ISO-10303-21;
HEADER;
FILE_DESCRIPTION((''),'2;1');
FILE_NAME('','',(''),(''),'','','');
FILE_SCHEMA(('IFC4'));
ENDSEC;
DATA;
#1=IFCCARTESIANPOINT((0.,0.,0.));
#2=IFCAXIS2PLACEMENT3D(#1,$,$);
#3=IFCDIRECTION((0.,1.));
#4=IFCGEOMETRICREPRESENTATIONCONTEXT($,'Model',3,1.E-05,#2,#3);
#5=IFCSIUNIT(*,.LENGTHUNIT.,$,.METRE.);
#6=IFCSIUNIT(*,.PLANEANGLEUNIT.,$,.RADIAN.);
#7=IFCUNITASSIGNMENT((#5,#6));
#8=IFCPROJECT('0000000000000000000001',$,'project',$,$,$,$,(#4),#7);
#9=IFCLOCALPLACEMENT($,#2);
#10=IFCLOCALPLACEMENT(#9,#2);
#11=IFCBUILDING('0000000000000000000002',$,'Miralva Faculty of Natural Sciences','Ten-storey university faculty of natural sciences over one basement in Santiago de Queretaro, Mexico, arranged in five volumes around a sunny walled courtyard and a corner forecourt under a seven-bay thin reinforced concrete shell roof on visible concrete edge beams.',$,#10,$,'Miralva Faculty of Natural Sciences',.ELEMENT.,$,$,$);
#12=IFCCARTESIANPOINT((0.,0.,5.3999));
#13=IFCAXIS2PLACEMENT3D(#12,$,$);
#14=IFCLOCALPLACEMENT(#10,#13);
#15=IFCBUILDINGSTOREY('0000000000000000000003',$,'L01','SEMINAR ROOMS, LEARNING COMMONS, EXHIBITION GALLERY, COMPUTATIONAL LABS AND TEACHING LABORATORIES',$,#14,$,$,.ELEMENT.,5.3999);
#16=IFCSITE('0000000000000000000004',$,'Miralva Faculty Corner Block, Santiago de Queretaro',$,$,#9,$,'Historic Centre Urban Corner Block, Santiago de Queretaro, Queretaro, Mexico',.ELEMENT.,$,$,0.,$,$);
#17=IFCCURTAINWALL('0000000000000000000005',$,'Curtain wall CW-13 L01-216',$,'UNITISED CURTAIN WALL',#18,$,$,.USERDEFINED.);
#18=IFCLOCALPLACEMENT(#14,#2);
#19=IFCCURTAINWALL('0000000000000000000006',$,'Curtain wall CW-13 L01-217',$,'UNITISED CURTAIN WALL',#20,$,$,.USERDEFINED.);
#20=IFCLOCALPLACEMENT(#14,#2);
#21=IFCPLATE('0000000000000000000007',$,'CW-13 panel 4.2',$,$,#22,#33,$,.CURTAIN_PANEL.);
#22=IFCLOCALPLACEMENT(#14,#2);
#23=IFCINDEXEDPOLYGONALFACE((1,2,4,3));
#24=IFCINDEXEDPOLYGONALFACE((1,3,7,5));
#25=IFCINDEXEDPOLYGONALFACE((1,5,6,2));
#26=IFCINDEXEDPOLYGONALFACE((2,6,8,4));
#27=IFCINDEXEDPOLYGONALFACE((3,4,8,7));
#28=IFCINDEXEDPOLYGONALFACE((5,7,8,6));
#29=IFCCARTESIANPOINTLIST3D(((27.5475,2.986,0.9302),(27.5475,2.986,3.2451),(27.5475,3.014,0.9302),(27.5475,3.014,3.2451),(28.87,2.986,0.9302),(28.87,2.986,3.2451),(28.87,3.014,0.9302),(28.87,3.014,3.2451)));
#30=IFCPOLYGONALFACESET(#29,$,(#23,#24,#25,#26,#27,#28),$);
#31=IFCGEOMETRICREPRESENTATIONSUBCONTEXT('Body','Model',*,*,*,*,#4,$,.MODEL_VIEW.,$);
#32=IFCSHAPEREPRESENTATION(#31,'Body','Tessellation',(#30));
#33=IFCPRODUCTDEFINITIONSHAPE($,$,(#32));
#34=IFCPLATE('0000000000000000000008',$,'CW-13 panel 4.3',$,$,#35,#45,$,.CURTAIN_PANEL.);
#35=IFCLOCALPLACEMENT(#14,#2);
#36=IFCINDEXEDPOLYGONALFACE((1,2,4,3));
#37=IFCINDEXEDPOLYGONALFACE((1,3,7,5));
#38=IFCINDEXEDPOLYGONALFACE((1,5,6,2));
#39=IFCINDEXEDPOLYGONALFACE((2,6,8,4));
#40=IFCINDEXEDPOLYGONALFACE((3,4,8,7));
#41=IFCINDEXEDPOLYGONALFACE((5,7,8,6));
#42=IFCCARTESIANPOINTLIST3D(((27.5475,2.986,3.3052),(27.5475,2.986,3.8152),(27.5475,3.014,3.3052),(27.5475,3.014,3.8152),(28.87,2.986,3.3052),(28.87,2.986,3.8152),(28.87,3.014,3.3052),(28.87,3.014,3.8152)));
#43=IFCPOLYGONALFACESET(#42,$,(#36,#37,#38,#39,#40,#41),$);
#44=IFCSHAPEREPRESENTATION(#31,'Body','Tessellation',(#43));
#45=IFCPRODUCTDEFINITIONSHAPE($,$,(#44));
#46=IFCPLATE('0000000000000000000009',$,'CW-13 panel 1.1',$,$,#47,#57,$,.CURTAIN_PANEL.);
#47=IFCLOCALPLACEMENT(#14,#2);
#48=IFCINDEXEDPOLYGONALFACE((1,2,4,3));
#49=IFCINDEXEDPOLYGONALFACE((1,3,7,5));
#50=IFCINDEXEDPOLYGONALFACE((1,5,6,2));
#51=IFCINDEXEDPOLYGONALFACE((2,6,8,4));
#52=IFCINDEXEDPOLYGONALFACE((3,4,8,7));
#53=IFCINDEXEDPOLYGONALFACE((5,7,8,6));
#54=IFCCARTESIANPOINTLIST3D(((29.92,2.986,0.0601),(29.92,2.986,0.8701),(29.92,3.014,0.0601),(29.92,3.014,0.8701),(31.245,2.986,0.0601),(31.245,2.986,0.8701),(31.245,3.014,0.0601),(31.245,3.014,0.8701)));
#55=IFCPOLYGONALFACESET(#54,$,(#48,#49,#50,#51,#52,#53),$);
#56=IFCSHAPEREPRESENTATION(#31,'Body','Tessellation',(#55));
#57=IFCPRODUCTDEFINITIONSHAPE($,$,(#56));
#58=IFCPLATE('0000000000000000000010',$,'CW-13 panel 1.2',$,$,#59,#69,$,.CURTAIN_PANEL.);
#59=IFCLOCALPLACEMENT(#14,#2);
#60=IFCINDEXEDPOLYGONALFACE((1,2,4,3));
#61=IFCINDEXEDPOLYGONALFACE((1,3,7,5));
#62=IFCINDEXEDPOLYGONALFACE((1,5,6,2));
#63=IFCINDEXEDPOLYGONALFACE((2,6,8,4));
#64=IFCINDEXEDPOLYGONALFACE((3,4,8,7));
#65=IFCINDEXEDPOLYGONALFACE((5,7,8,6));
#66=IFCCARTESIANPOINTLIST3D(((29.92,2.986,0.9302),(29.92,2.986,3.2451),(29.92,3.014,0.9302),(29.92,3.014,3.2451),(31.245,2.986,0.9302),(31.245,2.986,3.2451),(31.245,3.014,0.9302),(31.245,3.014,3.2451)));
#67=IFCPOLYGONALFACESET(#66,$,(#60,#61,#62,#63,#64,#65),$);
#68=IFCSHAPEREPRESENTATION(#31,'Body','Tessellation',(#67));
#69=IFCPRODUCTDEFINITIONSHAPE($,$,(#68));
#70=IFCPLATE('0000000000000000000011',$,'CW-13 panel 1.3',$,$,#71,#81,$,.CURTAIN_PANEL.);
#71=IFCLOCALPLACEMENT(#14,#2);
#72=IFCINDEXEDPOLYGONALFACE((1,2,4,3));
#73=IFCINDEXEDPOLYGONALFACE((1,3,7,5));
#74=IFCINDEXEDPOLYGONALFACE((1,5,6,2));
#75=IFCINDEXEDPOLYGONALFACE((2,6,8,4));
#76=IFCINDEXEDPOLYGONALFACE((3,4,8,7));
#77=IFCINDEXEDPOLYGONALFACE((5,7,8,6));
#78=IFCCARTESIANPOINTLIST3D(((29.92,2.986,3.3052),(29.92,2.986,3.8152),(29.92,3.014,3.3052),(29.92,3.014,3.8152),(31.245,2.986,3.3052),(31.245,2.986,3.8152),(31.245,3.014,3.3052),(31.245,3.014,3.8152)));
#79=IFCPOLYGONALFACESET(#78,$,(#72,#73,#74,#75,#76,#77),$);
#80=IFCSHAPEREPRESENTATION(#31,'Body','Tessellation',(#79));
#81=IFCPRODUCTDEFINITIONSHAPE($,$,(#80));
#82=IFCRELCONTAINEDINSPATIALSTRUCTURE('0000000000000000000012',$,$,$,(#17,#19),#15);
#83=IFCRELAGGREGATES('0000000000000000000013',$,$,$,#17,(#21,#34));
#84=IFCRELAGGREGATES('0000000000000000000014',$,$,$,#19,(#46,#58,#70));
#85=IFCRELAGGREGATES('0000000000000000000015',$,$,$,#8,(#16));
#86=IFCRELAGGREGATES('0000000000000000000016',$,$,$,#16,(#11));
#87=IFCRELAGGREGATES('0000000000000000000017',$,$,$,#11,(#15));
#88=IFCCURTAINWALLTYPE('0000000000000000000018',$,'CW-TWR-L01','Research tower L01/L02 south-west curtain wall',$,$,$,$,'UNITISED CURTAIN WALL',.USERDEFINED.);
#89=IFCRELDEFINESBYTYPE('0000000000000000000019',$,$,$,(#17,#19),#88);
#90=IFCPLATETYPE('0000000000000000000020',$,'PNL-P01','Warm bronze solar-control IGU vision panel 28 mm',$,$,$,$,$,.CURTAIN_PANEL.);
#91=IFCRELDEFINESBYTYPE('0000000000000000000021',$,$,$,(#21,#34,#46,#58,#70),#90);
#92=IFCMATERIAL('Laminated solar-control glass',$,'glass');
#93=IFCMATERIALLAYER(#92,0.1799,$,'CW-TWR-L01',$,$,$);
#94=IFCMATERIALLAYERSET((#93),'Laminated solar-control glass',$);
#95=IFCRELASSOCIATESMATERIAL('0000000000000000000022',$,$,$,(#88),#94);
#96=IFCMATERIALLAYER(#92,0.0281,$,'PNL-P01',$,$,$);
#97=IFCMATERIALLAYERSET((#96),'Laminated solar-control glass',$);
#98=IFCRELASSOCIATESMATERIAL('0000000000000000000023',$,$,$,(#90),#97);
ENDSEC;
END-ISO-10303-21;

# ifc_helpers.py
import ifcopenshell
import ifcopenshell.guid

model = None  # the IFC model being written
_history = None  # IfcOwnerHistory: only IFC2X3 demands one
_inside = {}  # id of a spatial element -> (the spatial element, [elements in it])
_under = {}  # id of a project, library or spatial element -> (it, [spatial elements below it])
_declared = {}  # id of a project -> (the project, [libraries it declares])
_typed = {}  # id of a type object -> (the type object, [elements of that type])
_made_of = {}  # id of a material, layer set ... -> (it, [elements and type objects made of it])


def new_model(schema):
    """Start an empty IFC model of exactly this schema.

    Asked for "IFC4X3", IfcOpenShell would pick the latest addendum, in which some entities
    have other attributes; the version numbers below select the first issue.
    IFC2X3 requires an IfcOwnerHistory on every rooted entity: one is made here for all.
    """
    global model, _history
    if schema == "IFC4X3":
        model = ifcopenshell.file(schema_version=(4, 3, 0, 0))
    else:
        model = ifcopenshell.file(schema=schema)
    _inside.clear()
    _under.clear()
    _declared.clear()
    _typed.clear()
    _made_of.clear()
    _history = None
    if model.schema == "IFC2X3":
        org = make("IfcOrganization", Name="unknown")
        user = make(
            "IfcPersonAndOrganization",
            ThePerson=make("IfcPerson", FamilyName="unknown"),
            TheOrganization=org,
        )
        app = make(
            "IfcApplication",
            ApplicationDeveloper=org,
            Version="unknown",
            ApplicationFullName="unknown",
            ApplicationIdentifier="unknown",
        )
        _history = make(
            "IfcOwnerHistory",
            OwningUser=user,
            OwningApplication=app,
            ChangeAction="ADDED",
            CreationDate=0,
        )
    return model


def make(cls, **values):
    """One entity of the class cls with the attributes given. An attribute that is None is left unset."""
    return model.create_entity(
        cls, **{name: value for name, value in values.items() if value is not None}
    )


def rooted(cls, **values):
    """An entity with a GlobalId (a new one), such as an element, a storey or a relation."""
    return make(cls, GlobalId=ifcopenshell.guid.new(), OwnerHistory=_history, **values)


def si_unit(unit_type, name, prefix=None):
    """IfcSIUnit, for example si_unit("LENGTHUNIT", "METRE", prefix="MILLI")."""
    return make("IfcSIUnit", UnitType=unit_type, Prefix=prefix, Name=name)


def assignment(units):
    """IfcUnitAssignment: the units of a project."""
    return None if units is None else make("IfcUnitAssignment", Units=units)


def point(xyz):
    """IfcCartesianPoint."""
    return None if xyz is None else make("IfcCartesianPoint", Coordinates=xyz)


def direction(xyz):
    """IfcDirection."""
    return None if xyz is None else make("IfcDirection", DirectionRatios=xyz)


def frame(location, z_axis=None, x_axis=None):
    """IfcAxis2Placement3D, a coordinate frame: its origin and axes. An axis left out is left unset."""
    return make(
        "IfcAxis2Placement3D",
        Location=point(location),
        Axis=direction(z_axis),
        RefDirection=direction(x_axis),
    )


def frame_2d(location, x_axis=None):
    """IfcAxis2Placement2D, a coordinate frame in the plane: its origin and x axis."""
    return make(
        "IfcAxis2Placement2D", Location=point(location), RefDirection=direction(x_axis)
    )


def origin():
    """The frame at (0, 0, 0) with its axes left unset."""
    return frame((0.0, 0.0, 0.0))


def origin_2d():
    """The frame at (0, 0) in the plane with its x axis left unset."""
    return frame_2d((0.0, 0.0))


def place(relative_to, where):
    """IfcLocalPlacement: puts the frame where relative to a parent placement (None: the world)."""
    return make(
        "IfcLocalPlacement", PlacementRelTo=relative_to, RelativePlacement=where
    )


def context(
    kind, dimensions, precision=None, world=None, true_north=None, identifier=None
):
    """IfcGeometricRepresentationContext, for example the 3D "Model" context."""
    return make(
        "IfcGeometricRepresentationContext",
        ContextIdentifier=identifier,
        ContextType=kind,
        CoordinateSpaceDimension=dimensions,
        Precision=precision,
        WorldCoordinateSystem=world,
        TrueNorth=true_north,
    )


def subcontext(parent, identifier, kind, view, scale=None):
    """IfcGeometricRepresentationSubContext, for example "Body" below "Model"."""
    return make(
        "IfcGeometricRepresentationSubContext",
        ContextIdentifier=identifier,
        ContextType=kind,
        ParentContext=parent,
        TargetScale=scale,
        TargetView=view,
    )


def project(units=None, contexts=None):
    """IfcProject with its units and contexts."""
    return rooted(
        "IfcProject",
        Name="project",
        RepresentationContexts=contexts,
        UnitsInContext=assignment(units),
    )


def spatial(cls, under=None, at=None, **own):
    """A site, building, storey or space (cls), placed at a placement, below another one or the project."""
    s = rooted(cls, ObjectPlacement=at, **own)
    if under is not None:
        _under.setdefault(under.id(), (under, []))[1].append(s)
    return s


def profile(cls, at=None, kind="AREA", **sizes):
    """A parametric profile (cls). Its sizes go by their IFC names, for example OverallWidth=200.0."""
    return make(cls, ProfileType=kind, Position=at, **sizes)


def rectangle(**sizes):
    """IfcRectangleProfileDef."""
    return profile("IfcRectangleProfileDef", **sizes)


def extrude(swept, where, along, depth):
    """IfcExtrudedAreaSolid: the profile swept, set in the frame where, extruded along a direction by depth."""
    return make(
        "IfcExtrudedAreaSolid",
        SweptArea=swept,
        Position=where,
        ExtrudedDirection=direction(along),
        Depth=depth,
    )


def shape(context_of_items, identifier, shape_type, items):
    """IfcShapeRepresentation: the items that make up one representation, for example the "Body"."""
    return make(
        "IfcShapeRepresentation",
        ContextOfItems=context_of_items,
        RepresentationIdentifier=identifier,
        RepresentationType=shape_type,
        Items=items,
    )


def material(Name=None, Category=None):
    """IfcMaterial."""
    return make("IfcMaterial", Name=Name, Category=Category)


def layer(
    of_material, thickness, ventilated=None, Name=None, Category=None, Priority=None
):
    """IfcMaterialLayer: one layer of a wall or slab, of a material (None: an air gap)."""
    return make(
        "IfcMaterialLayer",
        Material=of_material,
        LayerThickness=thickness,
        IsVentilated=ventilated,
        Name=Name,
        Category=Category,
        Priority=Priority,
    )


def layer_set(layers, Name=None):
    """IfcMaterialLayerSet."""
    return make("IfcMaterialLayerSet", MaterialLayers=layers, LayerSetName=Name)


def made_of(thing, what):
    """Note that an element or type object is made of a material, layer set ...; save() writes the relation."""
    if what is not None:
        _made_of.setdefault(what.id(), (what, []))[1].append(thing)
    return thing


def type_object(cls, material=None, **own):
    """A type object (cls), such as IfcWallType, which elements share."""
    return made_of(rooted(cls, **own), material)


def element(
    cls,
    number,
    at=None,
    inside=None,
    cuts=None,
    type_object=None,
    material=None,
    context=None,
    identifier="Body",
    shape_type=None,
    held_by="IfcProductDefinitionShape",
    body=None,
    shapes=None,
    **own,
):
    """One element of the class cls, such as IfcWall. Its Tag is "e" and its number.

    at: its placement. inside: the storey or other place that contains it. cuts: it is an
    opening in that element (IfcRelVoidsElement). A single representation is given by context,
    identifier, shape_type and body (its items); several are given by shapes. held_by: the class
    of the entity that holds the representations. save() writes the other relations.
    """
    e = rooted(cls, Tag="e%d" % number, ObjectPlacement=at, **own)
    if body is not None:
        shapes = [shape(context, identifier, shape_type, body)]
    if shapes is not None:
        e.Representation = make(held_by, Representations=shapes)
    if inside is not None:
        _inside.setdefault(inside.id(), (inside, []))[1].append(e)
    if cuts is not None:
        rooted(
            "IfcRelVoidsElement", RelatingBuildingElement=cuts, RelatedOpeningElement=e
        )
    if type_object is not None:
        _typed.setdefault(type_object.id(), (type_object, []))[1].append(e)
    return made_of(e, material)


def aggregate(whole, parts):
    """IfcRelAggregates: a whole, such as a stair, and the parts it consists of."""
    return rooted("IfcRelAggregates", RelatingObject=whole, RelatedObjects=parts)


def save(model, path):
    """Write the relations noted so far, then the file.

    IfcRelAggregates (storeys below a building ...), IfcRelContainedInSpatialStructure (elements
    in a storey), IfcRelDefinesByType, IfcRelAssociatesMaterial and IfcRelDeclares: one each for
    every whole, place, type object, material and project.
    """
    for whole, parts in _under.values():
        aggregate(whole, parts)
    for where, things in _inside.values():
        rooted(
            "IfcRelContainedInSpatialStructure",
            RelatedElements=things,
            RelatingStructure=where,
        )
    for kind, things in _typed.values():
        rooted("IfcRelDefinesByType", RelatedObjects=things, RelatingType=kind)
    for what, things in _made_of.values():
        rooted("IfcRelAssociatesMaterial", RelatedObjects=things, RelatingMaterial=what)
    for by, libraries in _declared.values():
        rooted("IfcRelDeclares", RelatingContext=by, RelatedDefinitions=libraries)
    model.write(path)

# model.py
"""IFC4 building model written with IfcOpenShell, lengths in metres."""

from ifc_helpers import new_model, si_unit, direction, frame, origin, origin_2d, place, context, subcontext, project, spatial, rectangle, extrude, material, layer, layer_set, type_object, element, aggregate, save


model = new_model("IFC4")

# Units and contexts
model_context = context("Model", 3, precision=1e-05, world=origin(), true_north=direction((0.0, 1.0)))
body_context = subcontext(model_context, "Body", "Model", "MODEL_VIEW")
ifc_project = project(units=[si_unit("LENGTHUNIT", "METRE"), si_unit("PLANEANGLEUNIT", "RADIAN")], contexts=[model_context])

# Site, building, storey
site_placement = place(None, origin())
site = spatial("IfcSite", under=ifc_project, at=site_placement, Name="Miralva Faculty Corner Block, Santiago de Queretaro", LongName="Historic Centre Urban Corner Block, Santiago de Queretaro, Queretaro, Mexico", CompositionType="ELEMENT", RefElevation=0.0)
building_placement = place(site_placement, origin())
building = spatial("IfcBuilding", under=site, at=building_placement, Name="Miralva Faculty of Natural Sciences", Description="Ten-storey university faculty of natural sciences over one basement in Santiago de Queretaro, Mexico, arranged in five volumes around a sunny walled courtyard and a corner forecourt under a seven-bay thin reinforced concrete shell roof on visible concrete edge beams.", LongName="Miralva Faculty of Natural Sciences", CompositionType="ELEMENT")
storey_placement = place(building_placement, frame((0.0, 0.0, 5.3999)))
storey = spatial("IfcBuildingStorey", under=building, at=storey_placement, Name="L01", Description="SEMINAR ROOMS, LEARNING COMMONS, EXHIBITION GALLERY, COMPUTATIONAL LABS AND TEACHING LABORATORIES", CompositionType="ELEMENT", Elevation=5.3999)

# Curtain wall
ifc_material_1 = material(Name="Laminated solar-control glass", Category="glass")
ifc_layer_1 = layer(ifc_material_1, 0.1799, Name="CW-TWR-L01")
ifc_layer_set_1 = layer_set([ifc_layer_1], Name="Laminated solar-control glass")
curtain_wall_type = type_object("IfcCurtainWallType", Name="CW-TWR-L01", Description="Research tower L01/L02 south-west curtain wall", ElementType="UNITISED CURTAIN WALL", PredefinedType="USERDEFINED", material=ifc_layer_set_1)
curtain_wall_1_placement = place(storey_placement, origin())
curtain_wall_1 = element("IfcCurtainWall", 1, at=curtain_wall_1_placement, inside=storey, type_object=curtain_wall_type, Name="Curtain wall CW-13 L01-216", ObjectType="UNITISED CURTAIN WALL", PredefinedType="USERDEFINED")

# Curtain wall
curtain_wall_2_placement = place(storey_placement, origin())
curtain_wall_2 = element("IfcCurtainWall", 2, at=curtain_wall_2_placement, inside=storey, type_object=curtain_wall_type, Name="Curtain wall CW-13 L01-217", ObjectType="UNITISED CURTAIN WALL", PredefinedType="USERDEFINED")

# Plates
ifc_layer_2 = layer(ifc_material_1, 0.0281, Name="PNL-P01")
ifc_layer_set_2 = layer_set([ifc_layer_2], Name="Laminated solar-control glass")
plate_type = type_object("IfcPlateType", Name="PNL-P01", Description="Warm bronze solar-control IGU vision panel 28 mm", PredefinedType="CURTAIN_PANEL", material=ifc_layer_set_2)
plate_1_placement = place(storey_placement, frame((28.2087, 3.0, 0.9302), z_axis=(0.0, 0.0, 1.0), x_axis=(1.0, 0.0, 0.0)))
plate_1 = element("IfcPlate", 3, at=plate_1_placement, type_object=plate_type, Name="CW-13 panel 4.2", PredefinedType="CURTAIN_PANEL", context=body_context, shape_type="SweptSolid", body=[
    extrude(rectangle(XDim=1.3225, YDim=0.0281, at=origin_2d()), origin(), (0.0, 0.0, 1.0), 2.3149),
])
plate_2_placement = place(storey_placement, frame((28.2087, 3.0, 3.3052), z_axis=(0.0, 0.0, 1.0), x_axis=(1.0, 0.0, 0.0)))
plate_2 = element("IfcPlate", 4, at=plate_2_placement, type_object=plate_type, Name="CW-13 panel 4.3", PredefinedType="CURTAIN_PANEL", context=body_context, shape_type="SweptSolid", body=[
    extrude(rectangle(XDim=1.3225, YDim=0.0281, at=origin_2d()), origin(), (0.0, 0.0, 1.0), 0.51),
])
aggregate(curtain_wall_1, [plate_1, plate_2])
plate_3_placement = place(storey_placement, frame((30.5825, 3.0, 0.0601), z_axis=(0.0, 0.0, 1.0), x_axis=(1.0, 0.0, 0.0)))
plate_3 = element("IfcPlate", 5, at=plate_3_placement, type_object=plate_type, Name="CW-13 panel 1.1", PredefinedType="CURTAIN_PANEL", context=body_context, shape_type="SweptSolid", body=[
    extrude(rectangle(XDim=1.325, YDim=0.0281, at=origin_2d()), origin(), (0.0, 0.0, 1.0), 0.8101),
])
plate_4_placement = place(storey_placement, frame((30.5825, 3.0, 0.9302), z_axis=(0.0, 0.0, 1.0), x_axis=(1.0, 0.0, 0.0)))
plate_4 = element("IfcPlate", 6, at=plate_4_placement, type_object=plate_type, Name="CW-13 panel 1.2", PredefinedType="CURTAIN_PANEL", context=body_context, shape_type="SweptSolid", body=[
    extrude(rectangle(XDim=1.325, YDim=0.0281, at=origin_2d()), origin(), (0.0, 0.0, 1.0), 2.3149),
])
plate_5_placement = place(storey_placement, frame((30.5825, 3.0, 3.3052), z_axis=(0.0, 0.0, 1.0), x_axis=(1.0, 0.0, 0.0)))
plate_5 = element("IfcPlate", 7, at=plate_5_placement, type_object=plate_type, Name="CW-13 panel 1.3", PredefinedType="CURTAIN_PANEL", context=body_context, shape_type="SweptSolid", body=[
    extrude(rectangle(XDim=1.325, YDim=0.0281, at=origin_2d()), origin(), (0.0, 0.0, 1.0), 0.51),
])
aggregate(curtain_wall_2, [plate_3, plate_4, plate_5])

save(model, "model.ifc")
